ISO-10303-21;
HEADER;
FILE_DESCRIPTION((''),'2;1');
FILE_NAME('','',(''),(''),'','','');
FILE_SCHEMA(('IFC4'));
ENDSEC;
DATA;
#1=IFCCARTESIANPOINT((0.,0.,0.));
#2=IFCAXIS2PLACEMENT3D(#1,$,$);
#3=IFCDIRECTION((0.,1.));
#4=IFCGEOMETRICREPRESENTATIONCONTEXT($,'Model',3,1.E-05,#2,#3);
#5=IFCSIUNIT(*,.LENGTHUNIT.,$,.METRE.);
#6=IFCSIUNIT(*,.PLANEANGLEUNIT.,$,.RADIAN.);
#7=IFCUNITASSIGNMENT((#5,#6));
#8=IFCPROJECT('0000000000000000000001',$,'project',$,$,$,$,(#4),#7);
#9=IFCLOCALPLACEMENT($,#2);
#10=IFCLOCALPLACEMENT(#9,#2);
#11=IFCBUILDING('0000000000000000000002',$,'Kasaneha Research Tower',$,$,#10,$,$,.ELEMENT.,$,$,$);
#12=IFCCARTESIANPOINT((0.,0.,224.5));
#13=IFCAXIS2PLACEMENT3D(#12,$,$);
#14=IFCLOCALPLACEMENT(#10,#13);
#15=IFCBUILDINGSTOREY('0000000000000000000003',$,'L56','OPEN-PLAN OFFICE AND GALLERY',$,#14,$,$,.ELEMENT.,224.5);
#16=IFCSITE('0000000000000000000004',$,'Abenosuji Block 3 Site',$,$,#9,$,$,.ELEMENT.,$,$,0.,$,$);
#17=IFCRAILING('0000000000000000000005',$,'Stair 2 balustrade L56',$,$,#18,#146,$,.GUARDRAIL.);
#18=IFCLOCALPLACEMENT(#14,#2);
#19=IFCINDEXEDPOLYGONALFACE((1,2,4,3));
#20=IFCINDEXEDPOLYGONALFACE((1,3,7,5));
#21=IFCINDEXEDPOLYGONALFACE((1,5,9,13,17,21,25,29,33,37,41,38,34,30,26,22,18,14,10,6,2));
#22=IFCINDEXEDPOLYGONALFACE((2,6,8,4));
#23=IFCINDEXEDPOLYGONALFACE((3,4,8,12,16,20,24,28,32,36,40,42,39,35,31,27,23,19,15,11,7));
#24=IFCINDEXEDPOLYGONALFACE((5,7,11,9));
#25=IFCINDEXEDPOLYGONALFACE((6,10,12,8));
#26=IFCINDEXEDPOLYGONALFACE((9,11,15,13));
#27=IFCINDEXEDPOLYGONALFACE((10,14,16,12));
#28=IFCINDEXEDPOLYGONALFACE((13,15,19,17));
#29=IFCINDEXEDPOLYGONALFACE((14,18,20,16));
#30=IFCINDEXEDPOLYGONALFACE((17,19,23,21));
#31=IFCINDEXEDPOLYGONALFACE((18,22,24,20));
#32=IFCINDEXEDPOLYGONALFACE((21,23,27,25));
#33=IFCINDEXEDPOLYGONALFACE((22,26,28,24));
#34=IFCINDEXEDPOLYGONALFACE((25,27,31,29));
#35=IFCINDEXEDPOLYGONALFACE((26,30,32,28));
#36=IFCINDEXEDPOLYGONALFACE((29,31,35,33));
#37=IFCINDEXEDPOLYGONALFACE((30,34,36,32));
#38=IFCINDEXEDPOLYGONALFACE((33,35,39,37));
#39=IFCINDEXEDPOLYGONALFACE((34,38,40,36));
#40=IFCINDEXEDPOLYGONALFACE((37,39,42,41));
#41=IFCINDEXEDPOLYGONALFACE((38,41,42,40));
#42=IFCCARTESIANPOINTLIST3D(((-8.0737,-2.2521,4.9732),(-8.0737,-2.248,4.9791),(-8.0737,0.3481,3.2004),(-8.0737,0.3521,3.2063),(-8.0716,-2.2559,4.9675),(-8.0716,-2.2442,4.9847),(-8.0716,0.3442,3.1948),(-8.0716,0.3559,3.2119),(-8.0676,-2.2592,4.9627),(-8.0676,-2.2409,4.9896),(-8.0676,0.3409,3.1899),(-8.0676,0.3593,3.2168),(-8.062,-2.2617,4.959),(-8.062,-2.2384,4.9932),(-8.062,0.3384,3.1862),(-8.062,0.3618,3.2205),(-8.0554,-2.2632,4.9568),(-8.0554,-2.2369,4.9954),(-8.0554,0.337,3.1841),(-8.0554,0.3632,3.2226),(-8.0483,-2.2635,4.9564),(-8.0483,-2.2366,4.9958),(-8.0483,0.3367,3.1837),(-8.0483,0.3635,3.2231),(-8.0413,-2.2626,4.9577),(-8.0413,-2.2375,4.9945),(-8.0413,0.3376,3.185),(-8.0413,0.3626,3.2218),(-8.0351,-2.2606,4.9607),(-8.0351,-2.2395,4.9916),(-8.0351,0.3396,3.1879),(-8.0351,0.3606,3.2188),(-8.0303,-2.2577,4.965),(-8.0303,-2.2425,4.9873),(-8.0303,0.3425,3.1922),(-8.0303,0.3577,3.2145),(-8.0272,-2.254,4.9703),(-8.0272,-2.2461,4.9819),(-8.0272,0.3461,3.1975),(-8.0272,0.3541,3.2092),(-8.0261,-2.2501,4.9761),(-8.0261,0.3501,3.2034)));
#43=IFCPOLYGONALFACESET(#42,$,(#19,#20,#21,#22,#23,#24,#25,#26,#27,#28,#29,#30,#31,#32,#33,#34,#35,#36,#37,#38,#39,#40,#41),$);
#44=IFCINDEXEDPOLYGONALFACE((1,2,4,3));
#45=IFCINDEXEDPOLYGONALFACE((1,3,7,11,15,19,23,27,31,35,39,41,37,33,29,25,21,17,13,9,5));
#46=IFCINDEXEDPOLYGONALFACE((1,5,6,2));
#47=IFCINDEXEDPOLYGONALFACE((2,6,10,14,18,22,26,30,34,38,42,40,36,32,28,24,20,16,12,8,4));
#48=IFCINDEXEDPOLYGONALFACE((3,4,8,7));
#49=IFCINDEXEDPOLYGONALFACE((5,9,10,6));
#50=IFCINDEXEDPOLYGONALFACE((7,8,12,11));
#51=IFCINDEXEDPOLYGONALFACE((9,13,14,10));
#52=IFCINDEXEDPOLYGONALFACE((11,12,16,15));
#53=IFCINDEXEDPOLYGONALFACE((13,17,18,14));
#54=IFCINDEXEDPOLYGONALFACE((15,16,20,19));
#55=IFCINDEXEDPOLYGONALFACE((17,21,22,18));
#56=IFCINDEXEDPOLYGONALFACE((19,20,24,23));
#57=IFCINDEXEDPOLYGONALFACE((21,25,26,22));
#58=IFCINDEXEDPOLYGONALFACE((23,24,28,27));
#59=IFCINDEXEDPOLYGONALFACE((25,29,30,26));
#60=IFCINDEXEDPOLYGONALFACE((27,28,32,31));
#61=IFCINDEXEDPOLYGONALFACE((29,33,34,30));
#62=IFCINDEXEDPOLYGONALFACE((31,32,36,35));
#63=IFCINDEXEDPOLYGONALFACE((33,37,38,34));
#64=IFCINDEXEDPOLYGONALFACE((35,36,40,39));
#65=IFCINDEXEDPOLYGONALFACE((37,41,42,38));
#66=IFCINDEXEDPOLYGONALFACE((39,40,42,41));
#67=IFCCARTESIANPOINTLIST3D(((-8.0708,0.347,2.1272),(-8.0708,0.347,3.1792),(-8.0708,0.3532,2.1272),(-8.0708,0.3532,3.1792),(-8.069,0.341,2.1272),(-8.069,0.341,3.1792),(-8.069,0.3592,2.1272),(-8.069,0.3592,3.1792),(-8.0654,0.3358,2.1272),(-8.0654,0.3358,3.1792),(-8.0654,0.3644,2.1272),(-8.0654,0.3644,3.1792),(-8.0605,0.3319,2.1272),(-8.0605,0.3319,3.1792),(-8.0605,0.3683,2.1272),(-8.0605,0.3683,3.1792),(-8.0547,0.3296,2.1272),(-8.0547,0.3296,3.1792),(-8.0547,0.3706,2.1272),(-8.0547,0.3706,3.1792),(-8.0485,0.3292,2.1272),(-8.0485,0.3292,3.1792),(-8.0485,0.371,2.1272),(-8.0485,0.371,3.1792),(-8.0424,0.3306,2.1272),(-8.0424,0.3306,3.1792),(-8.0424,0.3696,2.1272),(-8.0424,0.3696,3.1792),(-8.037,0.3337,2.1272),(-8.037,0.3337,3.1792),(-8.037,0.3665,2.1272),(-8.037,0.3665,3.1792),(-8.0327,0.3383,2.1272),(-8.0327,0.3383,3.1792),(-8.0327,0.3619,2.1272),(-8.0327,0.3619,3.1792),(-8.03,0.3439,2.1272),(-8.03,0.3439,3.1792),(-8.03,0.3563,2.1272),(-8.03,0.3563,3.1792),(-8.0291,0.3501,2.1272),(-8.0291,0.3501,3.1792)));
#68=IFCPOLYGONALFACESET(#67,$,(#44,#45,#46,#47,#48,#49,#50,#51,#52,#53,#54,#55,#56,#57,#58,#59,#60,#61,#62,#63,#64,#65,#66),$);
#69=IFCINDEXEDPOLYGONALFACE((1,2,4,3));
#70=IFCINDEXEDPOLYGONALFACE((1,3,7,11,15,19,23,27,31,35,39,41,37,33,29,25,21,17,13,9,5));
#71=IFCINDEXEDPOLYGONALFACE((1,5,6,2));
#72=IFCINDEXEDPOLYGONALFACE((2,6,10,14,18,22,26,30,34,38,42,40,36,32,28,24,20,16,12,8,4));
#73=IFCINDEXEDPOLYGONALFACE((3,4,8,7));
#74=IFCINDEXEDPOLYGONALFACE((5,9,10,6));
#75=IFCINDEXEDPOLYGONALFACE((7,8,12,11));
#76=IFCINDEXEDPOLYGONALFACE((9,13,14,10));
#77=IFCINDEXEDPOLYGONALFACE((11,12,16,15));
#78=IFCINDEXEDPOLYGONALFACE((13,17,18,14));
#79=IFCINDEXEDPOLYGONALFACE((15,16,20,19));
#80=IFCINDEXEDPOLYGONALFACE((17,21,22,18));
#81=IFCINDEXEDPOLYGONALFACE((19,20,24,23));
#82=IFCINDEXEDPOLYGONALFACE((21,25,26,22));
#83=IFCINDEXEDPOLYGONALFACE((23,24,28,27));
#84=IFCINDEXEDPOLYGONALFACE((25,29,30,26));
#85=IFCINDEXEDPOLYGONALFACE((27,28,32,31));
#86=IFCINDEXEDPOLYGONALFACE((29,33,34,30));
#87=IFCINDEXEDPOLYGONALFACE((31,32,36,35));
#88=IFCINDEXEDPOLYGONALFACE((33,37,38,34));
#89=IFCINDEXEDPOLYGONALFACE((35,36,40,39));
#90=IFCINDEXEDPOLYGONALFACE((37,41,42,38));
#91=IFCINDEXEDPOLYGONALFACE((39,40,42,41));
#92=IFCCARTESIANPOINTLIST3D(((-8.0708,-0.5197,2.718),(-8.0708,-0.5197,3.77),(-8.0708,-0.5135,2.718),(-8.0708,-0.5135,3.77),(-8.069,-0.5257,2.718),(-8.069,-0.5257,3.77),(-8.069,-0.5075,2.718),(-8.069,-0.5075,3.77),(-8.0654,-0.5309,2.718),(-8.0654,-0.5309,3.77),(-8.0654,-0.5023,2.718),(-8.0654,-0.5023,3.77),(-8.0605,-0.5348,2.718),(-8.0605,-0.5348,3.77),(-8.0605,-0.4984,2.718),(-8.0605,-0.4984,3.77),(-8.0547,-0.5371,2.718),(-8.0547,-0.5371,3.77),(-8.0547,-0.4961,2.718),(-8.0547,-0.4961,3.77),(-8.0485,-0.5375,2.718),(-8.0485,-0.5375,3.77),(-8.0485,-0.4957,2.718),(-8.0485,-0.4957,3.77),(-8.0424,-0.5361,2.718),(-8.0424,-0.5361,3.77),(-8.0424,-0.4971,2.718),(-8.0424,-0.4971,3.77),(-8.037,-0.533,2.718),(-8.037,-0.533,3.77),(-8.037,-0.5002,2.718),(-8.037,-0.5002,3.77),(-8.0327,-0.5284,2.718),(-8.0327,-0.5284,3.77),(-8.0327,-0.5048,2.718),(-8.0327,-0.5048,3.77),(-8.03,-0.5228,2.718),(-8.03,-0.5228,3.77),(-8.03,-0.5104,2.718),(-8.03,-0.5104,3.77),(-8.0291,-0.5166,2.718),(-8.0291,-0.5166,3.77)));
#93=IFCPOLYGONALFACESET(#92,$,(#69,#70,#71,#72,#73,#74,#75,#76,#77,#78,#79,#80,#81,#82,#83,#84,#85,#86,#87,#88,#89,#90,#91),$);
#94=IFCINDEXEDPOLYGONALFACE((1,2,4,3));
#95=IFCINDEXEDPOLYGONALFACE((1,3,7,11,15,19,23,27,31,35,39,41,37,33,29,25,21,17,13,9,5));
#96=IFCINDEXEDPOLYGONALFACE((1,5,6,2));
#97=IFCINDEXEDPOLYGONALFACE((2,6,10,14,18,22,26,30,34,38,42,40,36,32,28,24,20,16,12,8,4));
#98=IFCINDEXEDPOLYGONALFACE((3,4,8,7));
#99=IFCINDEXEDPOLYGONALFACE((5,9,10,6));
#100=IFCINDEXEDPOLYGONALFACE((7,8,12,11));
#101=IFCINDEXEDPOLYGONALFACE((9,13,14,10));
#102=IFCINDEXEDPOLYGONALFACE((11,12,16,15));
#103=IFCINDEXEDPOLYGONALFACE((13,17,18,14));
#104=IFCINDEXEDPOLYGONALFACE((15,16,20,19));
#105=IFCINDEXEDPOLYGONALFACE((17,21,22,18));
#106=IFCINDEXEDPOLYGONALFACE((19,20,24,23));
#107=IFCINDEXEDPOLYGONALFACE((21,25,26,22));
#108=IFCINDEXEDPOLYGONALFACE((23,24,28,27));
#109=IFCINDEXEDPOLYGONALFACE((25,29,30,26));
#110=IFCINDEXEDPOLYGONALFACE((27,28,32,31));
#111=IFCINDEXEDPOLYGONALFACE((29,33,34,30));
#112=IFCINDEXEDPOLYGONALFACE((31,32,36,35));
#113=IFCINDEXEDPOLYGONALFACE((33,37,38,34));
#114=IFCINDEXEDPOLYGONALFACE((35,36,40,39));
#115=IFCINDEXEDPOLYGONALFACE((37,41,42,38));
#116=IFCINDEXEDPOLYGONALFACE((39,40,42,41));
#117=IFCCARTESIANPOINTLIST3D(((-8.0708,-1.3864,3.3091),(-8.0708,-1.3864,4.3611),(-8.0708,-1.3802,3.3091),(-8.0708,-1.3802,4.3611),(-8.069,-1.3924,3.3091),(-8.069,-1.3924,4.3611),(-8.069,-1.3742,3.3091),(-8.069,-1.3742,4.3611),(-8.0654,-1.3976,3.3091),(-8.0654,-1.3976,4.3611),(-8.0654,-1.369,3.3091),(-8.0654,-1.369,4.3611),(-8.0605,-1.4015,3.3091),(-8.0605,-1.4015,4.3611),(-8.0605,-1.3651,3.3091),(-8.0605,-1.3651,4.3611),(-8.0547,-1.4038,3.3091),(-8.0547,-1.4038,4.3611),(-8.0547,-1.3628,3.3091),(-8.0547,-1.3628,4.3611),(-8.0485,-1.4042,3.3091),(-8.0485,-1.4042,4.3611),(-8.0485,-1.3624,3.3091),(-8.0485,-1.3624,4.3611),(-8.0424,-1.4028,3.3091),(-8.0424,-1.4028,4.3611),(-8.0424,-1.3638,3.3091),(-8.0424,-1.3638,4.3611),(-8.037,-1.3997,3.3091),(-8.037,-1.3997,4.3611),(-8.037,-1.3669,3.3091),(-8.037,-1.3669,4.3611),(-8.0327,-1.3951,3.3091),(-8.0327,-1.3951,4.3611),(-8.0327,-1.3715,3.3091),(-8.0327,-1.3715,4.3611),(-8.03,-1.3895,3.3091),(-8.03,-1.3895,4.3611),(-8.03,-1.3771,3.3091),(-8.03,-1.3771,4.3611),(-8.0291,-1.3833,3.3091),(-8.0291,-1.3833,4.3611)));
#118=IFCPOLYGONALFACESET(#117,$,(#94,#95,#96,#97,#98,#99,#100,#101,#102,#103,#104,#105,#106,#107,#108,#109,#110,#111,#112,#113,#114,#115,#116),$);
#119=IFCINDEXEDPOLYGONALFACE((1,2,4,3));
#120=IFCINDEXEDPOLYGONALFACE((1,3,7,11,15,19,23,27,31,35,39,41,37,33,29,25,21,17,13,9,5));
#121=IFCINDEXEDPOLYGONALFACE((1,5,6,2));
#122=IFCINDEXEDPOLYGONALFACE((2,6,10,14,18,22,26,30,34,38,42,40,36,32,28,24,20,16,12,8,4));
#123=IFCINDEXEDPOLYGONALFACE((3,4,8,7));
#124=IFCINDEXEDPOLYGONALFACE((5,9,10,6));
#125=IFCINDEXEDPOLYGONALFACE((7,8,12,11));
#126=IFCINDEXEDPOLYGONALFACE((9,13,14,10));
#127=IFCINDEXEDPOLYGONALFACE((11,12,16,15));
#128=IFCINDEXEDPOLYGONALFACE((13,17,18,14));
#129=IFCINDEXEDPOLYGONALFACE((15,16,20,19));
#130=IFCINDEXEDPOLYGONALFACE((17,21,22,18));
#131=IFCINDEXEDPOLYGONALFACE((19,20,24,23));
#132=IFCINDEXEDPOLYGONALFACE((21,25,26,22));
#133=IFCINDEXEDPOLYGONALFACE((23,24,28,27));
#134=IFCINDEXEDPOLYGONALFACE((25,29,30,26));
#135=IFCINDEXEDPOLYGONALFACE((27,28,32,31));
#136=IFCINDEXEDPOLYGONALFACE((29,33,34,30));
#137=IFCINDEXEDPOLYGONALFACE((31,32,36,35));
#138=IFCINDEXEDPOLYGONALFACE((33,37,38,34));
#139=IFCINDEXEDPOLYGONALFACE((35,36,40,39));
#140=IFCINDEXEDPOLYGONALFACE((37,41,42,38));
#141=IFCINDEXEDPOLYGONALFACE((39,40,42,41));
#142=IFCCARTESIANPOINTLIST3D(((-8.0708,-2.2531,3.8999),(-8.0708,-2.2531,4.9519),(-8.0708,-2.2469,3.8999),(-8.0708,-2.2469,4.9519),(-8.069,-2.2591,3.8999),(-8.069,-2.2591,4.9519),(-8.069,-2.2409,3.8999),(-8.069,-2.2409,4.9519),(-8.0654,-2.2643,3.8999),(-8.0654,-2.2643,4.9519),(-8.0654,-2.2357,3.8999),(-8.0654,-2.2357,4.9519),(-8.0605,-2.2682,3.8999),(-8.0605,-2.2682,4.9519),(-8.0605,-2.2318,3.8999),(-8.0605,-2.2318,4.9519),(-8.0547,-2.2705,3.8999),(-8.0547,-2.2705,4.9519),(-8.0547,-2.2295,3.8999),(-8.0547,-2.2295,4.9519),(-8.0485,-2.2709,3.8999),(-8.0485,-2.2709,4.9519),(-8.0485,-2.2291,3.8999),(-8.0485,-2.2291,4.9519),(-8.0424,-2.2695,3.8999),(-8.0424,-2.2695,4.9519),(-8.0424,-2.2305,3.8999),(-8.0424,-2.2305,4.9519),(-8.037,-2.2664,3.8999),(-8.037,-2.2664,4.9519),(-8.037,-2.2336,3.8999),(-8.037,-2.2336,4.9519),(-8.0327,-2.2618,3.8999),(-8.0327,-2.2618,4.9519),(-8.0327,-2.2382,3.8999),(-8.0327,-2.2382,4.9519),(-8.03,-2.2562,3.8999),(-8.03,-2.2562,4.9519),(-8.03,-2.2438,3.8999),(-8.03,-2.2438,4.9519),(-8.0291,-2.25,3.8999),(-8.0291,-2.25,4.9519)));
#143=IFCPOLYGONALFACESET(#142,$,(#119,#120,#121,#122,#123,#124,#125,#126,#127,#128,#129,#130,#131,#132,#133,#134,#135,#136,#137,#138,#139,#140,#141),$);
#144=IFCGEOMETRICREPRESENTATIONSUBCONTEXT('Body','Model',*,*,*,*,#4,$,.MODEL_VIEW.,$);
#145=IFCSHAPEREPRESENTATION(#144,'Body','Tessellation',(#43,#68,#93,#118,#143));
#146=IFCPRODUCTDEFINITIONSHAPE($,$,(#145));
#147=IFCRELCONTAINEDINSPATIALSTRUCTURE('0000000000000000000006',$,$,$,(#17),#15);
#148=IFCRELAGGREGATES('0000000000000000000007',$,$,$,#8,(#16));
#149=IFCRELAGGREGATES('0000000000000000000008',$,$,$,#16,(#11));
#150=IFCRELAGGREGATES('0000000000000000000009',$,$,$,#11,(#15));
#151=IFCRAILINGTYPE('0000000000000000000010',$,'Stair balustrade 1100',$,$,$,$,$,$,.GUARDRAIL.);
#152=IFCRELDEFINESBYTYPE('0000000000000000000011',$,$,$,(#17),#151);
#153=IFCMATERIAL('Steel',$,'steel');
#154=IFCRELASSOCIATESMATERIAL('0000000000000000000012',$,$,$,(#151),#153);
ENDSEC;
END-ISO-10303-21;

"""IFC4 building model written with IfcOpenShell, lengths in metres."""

from ifc_helpers import new_model, si_unit, direction, frame, origin, origin_2d, place, context, subcontext, project, spatial, circle, extrude, material, type_object, element, save


model = new_model("IFC4")

# Units and contexts
model_context = context("Model", 3, precision=1e-05, world=origin(), true_north=direction((0.0, 1.0)))
body_context = subcontext(model_context, "Body", "Model", "MODEL_VIEW")
ifc_project = project(units=[si_unit("LENGTHUNIT", "METRE"), si_unit("PLANEANGLEUNIT", "RADIAN")], contexts=[model_context])

# Site, building, storey
site_placement = place(None, origin())
site = spatial("IfcSite", under=ifc_project, at=site_placement, Name="Abenosuji Block 3 Site", CompositionType="ELEMENT", RefElevation=0.0)
building_placement = place(site_placement, origin())
building = spatial("IfcBuilding", under=site, at=building_placement, Name="Kasaneha Research Tower", CompositionType="ELEMENT")
storey_placement = place(building_placement, frame((0.0, 0.0, 224.5)))
storey = spatial("IfcBuildingStorey", under=building, at=storey_placement, Name="L56", Description="OPEN-PLAN OFFICE AND GALLERY", CompositionType="ELEMENT", Elevation=224.5)

# Railing
ifc_material_1 = material(Name="Steel", Category="steel")
railing_type_1 = type_object("IfcRailingType", Name="Stair balustrade 1100", PredefinedType="GUARDRAIL", material=ifc_material_1)
railing_1_placement = place(storey_placement, frame((-8.05, 0.3501, 2.1272)))
element("IfcRailing", 1, at=railing_1_placement, inside=storey, type_object=railing_type_1, Name="Stair 2 balustrade L56", PredefinedType="GUARDRAIL", context=body_context, shape_type="SweptSolid", body=[
    extrude(circle(Radius=0.0239, at=origin_2d()), frame((0.0, 0.0, 1.0762), z_axis=(0.0, -0.82624, 0.563318), x_axis=(1.0, 0.0, 0.0)), (0.0, 0.0, 1.0), 3.147),
    extrude(circle(Radius=0.021, at=origin_2d()), origin(), (0.0, 0.0, 1.0), 1.052),
    extrude(circle(Radius=0.021, at=origin_2d()), frame((0.0, -0.8667, 0.5908)), (0.0, 0.0, 1.0), 1.052),
    extrude(circle(Radius=0.021, at=origin_2d()), frame((0.0, -1.7334, 1.1819)), (0.0, 0.0, 1.0), 1.052),
    extrude(circle(Radius=0.021, at=origin_2d()), frame((0.0, -2.6001, 1.7727)), (0.0, 0.0, 1.0), 1.052),
])

save(model, "model.ifc")
